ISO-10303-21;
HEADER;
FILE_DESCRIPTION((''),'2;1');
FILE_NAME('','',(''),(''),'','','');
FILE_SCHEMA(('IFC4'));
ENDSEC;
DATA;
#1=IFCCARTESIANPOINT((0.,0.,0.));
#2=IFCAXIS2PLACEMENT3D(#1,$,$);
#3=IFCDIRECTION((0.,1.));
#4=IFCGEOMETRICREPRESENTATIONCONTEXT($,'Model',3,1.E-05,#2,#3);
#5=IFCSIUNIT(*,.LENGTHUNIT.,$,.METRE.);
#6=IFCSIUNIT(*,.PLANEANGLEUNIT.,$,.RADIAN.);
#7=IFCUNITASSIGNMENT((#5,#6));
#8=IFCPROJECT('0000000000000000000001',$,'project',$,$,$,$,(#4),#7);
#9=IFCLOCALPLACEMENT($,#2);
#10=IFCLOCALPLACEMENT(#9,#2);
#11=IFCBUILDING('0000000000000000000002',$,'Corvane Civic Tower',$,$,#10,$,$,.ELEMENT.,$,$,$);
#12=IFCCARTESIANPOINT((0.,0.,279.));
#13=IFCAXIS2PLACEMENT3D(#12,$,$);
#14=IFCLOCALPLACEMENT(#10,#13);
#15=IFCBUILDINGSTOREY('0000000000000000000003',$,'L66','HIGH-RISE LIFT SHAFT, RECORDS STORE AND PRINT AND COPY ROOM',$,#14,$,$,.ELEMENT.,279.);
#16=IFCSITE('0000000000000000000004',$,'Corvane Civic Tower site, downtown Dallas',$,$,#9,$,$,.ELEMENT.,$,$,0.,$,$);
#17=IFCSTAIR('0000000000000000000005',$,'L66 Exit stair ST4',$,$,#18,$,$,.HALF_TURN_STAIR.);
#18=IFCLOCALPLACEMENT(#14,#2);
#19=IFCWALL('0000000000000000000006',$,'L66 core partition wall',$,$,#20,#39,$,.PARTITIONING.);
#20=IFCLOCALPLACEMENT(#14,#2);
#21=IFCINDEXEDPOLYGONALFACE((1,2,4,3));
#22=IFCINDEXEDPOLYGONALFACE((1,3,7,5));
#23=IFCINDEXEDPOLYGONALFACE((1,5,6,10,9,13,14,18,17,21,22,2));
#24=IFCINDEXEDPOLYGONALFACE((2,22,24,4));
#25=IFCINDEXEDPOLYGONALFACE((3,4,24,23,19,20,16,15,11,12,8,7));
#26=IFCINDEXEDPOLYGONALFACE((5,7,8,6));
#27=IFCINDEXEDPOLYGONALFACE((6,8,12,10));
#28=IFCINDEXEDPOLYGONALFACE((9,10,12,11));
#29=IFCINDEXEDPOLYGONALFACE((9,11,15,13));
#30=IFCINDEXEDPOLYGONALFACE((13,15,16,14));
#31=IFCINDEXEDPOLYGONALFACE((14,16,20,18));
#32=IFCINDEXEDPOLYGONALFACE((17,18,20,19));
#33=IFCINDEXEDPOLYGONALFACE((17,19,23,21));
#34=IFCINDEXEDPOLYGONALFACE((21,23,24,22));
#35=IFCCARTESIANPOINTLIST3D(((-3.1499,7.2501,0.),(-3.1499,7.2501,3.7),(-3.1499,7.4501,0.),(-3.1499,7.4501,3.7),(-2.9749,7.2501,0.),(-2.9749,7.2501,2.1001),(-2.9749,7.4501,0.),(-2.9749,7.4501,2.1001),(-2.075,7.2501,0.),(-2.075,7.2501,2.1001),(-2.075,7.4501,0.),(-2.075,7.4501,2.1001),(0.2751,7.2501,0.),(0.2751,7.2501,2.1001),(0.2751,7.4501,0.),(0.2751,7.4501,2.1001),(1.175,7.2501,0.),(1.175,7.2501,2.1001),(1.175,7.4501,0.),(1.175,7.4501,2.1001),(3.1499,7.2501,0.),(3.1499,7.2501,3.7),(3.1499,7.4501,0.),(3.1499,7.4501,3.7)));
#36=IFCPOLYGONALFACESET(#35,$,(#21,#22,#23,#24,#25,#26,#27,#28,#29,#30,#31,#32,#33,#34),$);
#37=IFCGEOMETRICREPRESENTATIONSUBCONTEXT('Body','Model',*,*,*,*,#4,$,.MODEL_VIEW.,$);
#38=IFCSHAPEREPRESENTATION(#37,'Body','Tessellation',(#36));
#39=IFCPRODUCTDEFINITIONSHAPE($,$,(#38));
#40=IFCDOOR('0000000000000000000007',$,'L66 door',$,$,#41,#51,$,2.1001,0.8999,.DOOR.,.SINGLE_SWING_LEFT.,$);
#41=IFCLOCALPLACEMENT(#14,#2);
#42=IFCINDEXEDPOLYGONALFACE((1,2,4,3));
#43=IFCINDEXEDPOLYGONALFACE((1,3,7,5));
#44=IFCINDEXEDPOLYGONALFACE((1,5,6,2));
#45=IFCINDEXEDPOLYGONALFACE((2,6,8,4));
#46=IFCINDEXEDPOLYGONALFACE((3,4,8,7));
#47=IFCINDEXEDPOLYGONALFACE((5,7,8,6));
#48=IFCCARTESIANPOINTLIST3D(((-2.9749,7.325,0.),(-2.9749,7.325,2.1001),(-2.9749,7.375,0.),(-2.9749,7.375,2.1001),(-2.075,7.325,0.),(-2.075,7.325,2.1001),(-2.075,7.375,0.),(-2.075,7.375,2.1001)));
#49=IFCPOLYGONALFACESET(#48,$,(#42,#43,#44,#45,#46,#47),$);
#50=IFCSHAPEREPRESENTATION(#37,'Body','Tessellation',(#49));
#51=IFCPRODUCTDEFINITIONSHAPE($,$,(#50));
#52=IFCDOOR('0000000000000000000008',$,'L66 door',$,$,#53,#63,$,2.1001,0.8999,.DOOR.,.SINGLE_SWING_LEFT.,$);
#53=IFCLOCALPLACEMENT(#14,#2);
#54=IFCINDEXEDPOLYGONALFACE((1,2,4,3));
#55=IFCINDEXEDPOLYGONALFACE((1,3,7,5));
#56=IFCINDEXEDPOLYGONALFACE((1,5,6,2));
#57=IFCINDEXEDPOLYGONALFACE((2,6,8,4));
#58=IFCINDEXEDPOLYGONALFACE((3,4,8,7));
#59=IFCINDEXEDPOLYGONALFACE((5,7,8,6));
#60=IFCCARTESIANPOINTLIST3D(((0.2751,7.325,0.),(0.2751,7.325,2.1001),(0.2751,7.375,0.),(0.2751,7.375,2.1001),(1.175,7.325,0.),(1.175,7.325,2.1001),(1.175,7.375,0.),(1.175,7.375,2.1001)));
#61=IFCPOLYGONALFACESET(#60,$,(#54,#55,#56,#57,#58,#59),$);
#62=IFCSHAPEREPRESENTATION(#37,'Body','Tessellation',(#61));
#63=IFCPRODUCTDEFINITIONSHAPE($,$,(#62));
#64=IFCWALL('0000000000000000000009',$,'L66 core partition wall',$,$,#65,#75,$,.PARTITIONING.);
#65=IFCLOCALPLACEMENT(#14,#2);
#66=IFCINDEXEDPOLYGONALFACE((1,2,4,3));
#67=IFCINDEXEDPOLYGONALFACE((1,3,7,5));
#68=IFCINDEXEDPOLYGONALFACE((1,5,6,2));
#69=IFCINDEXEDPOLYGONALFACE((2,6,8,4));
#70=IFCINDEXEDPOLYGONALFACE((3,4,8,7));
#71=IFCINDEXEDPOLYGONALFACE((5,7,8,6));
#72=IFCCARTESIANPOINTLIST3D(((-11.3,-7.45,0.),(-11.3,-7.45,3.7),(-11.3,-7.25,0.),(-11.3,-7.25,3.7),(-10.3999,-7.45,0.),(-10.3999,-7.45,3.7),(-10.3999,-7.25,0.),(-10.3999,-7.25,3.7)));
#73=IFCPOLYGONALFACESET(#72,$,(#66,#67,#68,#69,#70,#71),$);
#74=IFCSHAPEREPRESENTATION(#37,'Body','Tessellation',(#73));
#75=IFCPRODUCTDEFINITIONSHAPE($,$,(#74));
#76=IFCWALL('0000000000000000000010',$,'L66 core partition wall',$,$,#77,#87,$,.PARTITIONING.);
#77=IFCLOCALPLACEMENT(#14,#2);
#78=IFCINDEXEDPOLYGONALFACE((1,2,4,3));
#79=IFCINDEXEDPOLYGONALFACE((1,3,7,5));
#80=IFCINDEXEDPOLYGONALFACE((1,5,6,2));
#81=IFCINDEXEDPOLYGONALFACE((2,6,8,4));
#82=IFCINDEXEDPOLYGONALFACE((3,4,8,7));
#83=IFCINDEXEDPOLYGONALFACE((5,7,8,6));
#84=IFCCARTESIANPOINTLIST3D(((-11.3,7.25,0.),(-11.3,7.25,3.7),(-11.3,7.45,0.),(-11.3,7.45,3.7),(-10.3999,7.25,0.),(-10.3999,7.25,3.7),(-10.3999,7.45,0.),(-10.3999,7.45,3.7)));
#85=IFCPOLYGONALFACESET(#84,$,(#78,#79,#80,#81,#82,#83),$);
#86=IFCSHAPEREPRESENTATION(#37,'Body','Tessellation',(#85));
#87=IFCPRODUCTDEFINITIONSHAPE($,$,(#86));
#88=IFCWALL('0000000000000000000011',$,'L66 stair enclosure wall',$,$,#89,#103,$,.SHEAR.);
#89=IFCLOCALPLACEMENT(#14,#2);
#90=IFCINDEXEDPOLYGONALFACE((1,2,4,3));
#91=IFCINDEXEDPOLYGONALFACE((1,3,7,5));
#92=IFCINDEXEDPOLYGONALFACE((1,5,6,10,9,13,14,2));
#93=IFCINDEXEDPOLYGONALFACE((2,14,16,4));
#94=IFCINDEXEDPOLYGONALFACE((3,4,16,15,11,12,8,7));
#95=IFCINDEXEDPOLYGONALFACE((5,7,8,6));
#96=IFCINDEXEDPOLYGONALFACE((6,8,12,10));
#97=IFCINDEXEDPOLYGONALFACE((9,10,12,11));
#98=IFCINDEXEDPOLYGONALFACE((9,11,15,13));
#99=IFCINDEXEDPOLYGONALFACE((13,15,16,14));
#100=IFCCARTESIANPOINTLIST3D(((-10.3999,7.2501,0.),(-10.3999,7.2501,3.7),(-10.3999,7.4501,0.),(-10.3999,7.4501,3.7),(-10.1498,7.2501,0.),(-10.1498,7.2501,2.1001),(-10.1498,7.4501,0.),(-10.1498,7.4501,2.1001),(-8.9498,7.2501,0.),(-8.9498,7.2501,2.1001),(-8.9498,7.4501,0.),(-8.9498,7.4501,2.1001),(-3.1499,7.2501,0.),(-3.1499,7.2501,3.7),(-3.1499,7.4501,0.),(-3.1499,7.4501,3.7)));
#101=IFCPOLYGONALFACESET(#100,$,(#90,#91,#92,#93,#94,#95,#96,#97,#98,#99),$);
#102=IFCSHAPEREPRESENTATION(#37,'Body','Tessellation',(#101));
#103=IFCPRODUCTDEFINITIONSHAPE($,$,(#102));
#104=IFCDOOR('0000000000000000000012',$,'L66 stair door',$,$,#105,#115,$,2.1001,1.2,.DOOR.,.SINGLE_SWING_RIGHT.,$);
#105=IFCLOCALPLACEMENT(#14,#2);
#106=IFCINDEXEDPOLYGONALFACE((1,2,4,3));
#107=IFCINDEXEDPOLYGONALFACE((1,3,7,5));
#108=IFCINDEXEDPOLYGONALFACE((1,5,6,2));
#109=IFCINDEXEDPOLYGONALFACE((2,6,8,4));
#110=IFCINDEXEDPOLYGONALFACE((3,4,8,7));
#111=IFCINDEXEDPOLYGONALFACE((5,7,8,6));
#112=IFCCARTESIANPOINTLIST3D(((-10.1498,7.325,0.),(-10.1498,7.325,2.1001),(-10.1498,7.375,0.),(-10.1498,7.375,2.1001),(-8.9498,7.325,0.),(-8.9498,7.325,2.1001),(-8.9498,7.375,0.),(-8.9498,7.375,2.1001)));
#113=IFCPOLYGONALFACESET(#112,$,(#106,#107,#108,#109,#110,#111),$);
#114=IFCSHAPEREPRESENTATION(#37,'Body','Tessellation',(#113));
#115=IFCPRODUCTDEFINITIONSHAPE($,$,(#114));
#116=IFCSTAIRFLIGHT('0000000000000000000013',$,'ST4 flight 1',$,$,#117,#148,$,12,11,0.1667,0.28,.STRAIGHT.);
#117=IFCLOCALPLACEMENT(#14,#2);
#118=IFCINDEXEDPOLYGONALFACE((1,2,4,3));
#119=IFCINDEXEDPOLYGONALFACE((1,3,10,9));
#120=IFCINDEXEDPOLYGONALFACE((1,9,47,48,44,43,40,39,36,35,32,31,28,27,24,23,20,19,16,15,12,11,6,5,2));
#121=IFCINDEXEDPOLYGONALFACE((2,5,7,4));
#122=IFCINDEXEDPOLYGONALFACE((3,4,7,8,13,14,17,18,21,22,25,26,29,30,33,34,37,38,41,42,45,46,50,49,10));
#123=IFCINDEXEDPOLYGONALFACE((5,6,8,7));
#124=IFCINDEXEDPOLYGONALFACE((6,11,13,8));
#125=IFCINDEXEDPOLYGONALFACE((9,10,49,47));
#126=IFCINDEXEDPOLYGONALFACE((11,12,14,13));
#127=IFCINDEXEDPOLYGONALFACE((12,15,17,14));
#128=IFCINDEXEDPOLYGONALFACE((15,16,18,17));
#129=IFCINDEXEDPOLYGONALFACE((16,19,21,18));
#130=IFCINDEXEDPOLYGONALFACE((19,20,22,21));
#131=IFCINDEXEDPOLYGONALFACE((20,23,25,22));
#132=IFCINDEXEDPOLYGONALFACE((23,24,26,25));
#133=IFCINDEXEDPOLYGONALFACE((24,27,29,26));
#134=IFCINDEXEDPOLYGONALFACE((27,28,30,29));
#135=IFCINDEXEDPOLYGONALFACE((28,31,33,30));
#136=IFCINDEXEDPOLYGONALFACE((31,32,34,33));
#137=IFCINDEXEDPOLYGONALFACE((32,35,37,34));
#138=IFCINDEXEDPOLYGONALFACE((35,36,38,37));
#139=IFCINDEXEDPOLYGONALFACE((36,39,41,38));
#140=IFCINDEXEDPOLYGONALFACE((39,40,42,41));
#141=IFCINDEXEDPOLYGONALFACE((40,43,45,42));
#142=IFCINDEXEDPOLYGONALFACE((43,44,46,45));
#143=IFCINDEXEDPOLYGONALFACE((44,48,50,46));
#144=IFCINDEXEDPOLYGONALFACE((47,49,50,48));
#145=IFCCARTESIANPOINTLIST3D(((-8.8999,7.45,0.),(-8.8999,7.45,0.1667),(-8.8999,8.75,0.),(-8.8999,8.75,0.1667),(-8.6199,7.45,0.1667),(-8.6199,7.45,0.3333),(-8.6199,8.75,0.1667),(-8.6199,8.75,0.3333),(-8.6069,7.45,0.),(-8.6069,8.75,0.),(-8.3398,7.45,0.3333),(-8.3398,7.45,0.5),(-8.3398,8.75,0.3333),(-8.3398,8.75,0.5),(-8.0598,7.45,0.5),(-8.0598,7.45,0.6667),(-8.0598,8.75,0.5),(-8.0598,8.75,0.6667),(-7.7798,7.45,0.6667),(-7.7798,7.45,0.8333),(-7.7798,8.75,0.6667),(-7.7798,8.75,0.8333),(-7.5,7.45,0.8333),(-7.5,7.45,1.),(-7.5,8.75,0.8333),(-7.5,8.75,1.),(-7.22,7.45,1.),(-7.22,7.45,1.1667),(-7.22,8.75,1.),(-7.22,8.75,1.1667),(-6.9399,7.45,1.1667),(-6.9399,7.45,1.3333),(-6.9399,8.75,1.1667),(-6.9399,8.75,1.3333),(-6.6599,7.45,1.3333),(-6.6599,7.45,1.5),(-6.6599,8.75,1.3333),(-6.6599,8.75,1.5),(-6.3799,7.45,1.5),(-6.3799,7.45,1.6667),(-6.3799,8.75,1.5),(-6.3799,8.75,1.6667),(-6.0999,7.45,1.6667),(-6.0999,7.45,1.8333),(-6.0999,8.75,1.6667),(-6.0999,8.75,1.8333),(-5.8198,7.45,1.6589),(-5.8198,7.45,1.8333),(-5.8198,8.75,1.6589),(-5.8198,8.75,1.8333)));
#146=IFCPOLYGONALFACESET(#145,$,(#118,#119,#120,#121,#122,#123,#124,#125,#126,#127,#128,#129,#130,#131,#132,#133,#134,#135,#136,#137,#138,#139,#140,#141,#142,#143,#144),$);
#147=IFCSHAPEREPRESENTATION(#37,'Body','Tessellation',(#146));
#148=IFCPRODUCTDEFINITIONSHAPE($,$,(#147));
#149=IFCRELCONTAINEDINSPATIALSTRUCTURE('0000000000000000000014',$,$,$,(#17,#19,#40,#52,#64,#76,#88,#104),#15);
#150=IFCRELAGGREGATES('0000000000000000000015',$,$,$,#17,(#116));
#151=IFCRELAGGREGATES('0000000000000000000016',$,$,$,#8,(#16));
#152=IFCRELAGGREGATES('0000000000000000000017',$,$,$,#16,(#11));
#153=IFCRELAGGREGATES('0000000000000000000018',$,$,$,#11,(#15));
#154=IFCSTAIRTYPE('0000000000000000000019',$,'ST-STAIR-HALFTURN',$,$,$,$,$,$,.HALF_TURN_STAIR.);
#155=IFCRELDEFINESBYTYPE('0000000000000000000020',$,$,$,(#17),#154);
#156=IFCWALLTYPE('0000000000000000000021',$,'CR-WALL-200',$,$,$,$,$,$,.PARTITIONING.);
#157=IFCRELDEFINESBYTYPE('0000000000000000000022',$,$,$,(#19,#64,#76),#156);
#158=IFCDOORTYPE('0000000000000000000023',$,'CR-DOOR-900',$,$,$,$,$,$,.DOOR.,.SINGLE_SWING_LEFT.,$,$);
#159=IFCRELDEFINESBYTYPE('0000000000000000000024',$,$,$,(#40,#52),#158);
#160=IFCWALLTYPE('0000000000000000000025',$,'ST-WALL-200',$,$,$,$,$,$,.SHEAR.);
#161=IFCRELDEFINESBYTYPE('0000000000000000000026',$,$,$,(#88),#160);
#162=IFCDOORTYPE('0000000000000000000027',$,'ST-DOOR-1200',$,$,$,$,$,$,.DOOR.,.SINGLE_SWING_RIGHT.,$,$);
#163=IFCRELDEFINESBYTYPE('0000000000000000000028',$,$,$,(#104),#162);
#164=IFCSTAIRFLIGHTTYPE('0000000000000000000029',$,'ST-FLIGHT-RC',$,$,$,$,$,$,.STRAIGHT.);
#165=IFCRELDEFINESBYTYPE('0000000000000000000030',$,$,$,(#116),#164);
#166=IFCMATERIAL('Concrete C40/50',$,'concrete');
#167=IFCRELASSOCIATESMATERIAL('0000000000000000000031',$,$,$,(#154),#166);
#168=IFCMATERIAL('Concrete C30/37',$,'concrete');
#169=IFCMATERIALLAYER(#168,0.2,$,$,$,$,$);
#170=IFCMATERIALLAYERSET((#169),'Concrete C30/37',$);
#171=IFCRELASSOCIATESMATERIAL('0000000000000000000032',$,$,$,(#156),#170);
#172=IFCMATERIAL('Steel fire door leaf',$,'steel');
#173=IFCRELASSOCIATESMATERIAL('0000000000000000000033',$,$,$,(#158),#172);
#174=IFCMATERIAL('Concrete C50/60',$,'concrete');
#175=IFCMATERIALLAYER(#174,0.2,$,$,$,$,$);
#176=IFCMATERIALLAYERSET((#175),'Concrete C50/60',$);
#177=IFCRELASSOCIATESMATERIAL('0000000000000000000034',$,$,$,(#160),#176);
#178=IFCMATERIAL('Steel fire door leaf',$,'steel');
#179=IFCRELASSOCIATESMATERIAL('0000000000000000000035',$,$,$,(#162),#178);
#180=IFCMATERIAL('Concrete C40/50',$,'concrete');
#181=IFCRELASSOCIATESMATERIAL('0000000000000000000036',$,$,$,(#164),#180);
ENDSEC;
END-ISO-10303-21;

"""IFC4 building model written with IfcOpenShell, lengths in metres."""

from ifc_helpers import new_model, si_unit, direction, frame, frame_2d, origin, place, context, subcontext, project, spatial, polyline, rectangle, outline, extrude, material, layer, layer_set, type_object, element, fill, aggregate, save


model = new_model("IFC4")

# Units and contexts
model_context = context("Model", 3, precision=1e-05, world=origin(), true_north=direction((0.0, 1.0)))
body_context = subcontext(model_context, "Body", "Model", "MODEL_VIEW")
ifc_project = project(units=[si_unit("LENGTHUNIT", "METRE"), si_unit("PLANEANGLEUNIT", "RADIAN")], contexts=[model_context])

# Site, building, storey
site_placement = place(None, origin())
site = spatial("IfcSite", under=ifc_project, at=site_placement, Name="Corvane Civic Tower site, downtown Dallas", CompositionType="ELEMENT", RefElevation=0.0)
building_placement = place(site_placement, origin())
building = spatial("IfcBuilding", under=site, at=building_placement, Name="Corvane Civic Tower", CompositionType="ELEMENT")
storey_placement = place(building_placement, frame((0.0, 0.0, 279.0)))
storey = spatial("IfcBuildingStorey", under=building, at=storey_placement, Name="L66", Description="HIGH-RISE LIFT SHAFT, RECORDS STORE AND PRINT AND COPY ROOM", CompositionType="ELEMENT", Elevation=279.0)

# Stair
ifc_material_1 = material(Name="Concrete C40/50", Category="concrete")
stair_type = type_object("IfcStairType", Name="ST-STAIR-HALFTURN", PredefinedType="HALF_TURN_STAIR", material=ifc_material_1)
stair_1_placement = place(storey_placement, origin())
stair_1 = element("IfcStair", 1, at=stair_1_placement, inside=storey, type_object=stair_type, Name="L66 Exit stair ST4", PredefinedType="HALF_TURN_STAIR")

# Wall, openings, doors
ifc_material_2 = material(Name="Concrete C30/37", Category="concrete")
ifc_layer_1 = layer(ifc_material_2, 0.2)
ifc_layer_set_1 = layer_set([ifc_layer_1], Name="Concrete C30/37")
wall_type_1 = type_object("IfcWallType", Name="CR-WALL-200", PredefinedType="PARTITIONING", material=ifc_layer_set_1)
ifc_material_3 = material(Name="Steel fire door leaf", Category="steel")
door_type_1 = type_object("IfcDoorType", Name="CR-DOOR-900", OperationType="SINGLE_SWING_LEFT", PredefinedType="DOOR", material=ifc_material_3)
wall_1_placement = place(storey_placement, frame((-3.1499, 7.3501, 0.0), z_axis=(0.0, 0.0, 1.0), x_axis=(1.0, 0.0, 0.0)))
wall_1 = element("IfcWall", 2, at=wall_1_placement, inside=storey, type_object=wall_type_1, Name="L66 core partition wall", PredefinedType="PARTITIONING", context=body_context, shape_type="SweptSolid", body=[
    extrude(rectangle(XDim=6.2998, YDim=0.2, at=frame_2d((3.1499, 0.0))), origin(), (0.0, 0.0, 1.0), 3.7),
])
opening_1_placement = place(wall_1_placement, frame((0.175, 0.0, 0.0)))
opening_1 = element("IfcOpeningElement", 3, at=opening_1_placement, cuts=wall_1, PredefinedType="OPENING", context=body_context, shape_type="SweptSolid", body=[
    extrude(rectangle(XDim=0.8999, YDim=2.1001, at=frame_2d((0.45, 1.05))), frame((0.0, 0.1099, 0.0), z_axis=(0.0, -1.0, 0.0), x_axis=(1.0, 0.0, 0.0)), (0.0, 0.0, 1.0), 0.22),
])
opening_2_placement = place(wall_1_placement, frame((3.425, 0.0, 0.0)))
opening_2 = element("IfcOpeningElement", 4, at=opening_2_placement, cuts=wall_1, PredefinedType="OPENING", context=body_context, shape_type="SweptSolid", body=[
    extrude(rectangle(XDim=0.8999, YDim=2.1001, at=frame_2d((0.45, 1.05))), frame((0.0, 0.1099, 0.0), z_axis=(0.0, -1.0, 0.0), x_axis=(1.0, 0.0, 0.0)), (0.0, 0.0, 1.0), 0.22),
])
door_1_placement = place(opening_1_placement, origin())
door_1 = element("IfcDoor", 5, at=door_1_placement, inside=storey, type_object=door_type_1, Name="L66 door", OperationType="SINGLE_SWING_LEFT", OverallHeight=2.1001, OverallWidth=0.8999, PredefinedType="DOOR", context=body_context, shape_type="SweptSolid", body=[
    extrude(rectangle(XDim=0.8999, YDim=2.1001, at=frame_2d((0.45, 1.05))), frame((0.0, 0.0249, 0.0), z_axis=(0.0, -1.0, 0.0), x_axis=(1.0, 0.0, 0.0)), (0.0, 0.0, 1.0), 0.05),
])
fill(opening_1, door_1)
door_2_placement = place(opening_2_placement, origin())
door_2 = element("IfcDoor", 6, at=door_2_placement, inside=storey, type_object=door_type_1, Name="L66 door", OperationType="SINGLE_SWING_LEFT", OverallHeight=2.1001, OverallWidth=0.8999, PredefinedType="DOOR", context=body_context, shape_type="SweptSolid", body=[
    extrude(rectangle(XDim=0.8999, YDim=2.1001, at=frame_2d((0.45, 1.05))), frame((0.0, 0.0249, 0.0), z_axis=(0.0, -1.0, 0.0), x_axis=(1.0, 0.0, 0.0)), (0.0, 0.0, 1.0), 0.05),
])
fill(opening_2, door_2)

# Walls
wall_2_placement = place(storey_placement, origin())
element("IfcWall", 7, at=wall_2_placement, inside=storey, type_object=wall_type_1, Name="L66 core partition wall", PredefinedType="PARTITIONING", context=body_context, shape_type="SweptSolid", body=[
    extrude(outline(polyline([(-10.3999, -7.45), (-11.3, -7.45), (-11.3, -7.25), (-10.3999, -7.25), (-10.3999, -7.45)])), origin(), (0.0, 0.0, 1.0), 3.7),
])
wall_3_placement = place(storey_placement, origin())
element("IfcWall", 8, at=wall_3_placement, inside=storey, type_object=wall_type_1, Name="L66 core partition wall", PredefinedType="PARTITIONING", context=body_context, shape_type="SweptSolid", body=[
    extrude(outline(polyline([(-10.3999, 7.25), (-11.3, 7.25), (-11.3, 7.45), (-10.3999, 7.45), (-10.3999, 7.25)])), origin(), (0.0, 0.0, 1.0), 3.7),
])

# Wall, opening, door
ifc_material_4 = material(Name="Concrete C50/60", Category="concrete")
ifc_layer_2 = layer(ifc_material_4, 0.2)
ifc_layer_set_2 = layer_set([ifc_layer_2], Name="Concrete C50/60")
wall_type_2 = type_object("IfcWallType", Name="ST-WALL-200", PredefinedType="SHEAR", material=ifc_layer_set_2)
wall_4_placement = place(storey_placement, frame((-10.3999, 7.3501, 0.0), z_axis=(0.0, 0.0, 1.0), x_axis=(1.0, 0.0, 0.0)))
wall_4 = element("IfcWall", 9, at=wall_4_placement, inside=storey, type_object=wall_type_2, Name="L66 stair enclosure wall", PredefinedType="SHEAR", context=body_context, shape_type="SweptSolid", body=[
    extrude(rectangle(XDim=7.25, YDim=0.2, at=frame_2d((3.625, 0.0))), origin(), (0.0, 0.0, 1.0), 3.7),
])
opening_3_placement = place(wall_4_placement, frame((0.25, 0.0, 0.0)))
opening_3 = element("IfcOpeningElement", 10, at=opening_3_placement, cuts=wall_4, PredefinedType="OPENING", context=body_context, shape_type="SweptSolid", body=[
    extrude(rectangle(XDim=1.2, YDim=2.1001, at=frame_2d((0.6001, 1.05))), frame((0.0, 0.1099, 0.0), z_axis=(0.0, -1.0, 0.0), x_axis=(1.0, 0.0, 0.0)), (0.0, 0.0, 1.0), 0.22),
])
ifc_material_5 = material(Name="Steel fire door leaf", Category="steel")
door_type_2 = type_object("IfcDoorType", Name="ST-DOOR-1200", OperationType="SINGLE_SWING_RIGHT", PredefinedType="DOOR", material=ifc_material_5)
door_3_placement = place(opening_3_placement, origin())
door_3 = element("IfcDoor", 11, at=door_3_placement, inside=storey, type_object=door_type_2, Name="L66 stair door", OperationType="SINGLE_SWING_RIGHT", OverallHeight=2.1001, OverallWidth=1.2, PredefinedType="DOOR", context=body_context, shape_type="SweptSolid", body=[
    extrude(rectangle(XDim=1.2, YDim=2.1001, at=frame_2d((0.6001, 1.05))), frame((0.0, 0.0249, 0.0), z_axis=(0.0, -1.0, 0.0), x_axis=(1.0, 0.0, 0.0)), (0.0, 0.0, 1.0), 0.05),
])
fill(opening_3, door_3)

# Stair flight
ifc_material_6 = material(Name="Concrete C40/50", Category="concrete")
stair_flight_type = type_object("IfcStairFlightType", Name="ST-FLIGHT-RC", PredefinedType="STRAIGHT", material=ifc_material_6)
stair_flight_1_placement = place(storey_placement, frame((-8.8999, 8.1001, 0.0), z_axis=(0.0, 0.0, 1.0), x_axis=(1.0, 0.0, 0.0)))
stair_flight_1 = element("IfcStairFlight", 12, at=stair_flight_1_placement, type_object=stair_flight_type, Name="ST4 flight 1", NumberOfRisers=12, NumberOfTreads=11, PredefinedType="STRAIGHT", RiserHeight=0.1667, TreadLength=0.28, context=body_context, shape_type="SweptSolid", body=[
    extrude(outline(polyline([(0.0, 0.0), (0.0, 0.1667), (0.28, 0.1667), (0.28, 0.3333), (0.5601, 0.3333), (0.5601, 0.5), (0.8401, 0.5), (0.8401, 0.6667), (1.1201, 0.6667), (1.1201, 0.8333), (1.3999, 0.8333), (1.3999, 1.0), (1.6799, 1.0), (1.6799, 1.1667), (1.96, 1.1667), (1.96, 1.3333), (2.24, 1.3333), (2.24, 1.5), (2.52, 1.5), (2.52, 1.6667), (2.8, 1.6667), (2.8, 1.8333), (3.0801, 1.8333), (3.0801, 2.0), (3.0801, 1.6589), (0.293, 0.0), (0.0, 0.0)])), frame((0.0, 0.6499, 0.0), z_axis=(0.0, -1.0, 0.0), x_axis=(1.0, 0.0, 0.0)), (0.0, 0.0, 1.0), 1.3),
])
aggregate(stair_1, [stair_flight_1])

save(model, "model.ifc")
